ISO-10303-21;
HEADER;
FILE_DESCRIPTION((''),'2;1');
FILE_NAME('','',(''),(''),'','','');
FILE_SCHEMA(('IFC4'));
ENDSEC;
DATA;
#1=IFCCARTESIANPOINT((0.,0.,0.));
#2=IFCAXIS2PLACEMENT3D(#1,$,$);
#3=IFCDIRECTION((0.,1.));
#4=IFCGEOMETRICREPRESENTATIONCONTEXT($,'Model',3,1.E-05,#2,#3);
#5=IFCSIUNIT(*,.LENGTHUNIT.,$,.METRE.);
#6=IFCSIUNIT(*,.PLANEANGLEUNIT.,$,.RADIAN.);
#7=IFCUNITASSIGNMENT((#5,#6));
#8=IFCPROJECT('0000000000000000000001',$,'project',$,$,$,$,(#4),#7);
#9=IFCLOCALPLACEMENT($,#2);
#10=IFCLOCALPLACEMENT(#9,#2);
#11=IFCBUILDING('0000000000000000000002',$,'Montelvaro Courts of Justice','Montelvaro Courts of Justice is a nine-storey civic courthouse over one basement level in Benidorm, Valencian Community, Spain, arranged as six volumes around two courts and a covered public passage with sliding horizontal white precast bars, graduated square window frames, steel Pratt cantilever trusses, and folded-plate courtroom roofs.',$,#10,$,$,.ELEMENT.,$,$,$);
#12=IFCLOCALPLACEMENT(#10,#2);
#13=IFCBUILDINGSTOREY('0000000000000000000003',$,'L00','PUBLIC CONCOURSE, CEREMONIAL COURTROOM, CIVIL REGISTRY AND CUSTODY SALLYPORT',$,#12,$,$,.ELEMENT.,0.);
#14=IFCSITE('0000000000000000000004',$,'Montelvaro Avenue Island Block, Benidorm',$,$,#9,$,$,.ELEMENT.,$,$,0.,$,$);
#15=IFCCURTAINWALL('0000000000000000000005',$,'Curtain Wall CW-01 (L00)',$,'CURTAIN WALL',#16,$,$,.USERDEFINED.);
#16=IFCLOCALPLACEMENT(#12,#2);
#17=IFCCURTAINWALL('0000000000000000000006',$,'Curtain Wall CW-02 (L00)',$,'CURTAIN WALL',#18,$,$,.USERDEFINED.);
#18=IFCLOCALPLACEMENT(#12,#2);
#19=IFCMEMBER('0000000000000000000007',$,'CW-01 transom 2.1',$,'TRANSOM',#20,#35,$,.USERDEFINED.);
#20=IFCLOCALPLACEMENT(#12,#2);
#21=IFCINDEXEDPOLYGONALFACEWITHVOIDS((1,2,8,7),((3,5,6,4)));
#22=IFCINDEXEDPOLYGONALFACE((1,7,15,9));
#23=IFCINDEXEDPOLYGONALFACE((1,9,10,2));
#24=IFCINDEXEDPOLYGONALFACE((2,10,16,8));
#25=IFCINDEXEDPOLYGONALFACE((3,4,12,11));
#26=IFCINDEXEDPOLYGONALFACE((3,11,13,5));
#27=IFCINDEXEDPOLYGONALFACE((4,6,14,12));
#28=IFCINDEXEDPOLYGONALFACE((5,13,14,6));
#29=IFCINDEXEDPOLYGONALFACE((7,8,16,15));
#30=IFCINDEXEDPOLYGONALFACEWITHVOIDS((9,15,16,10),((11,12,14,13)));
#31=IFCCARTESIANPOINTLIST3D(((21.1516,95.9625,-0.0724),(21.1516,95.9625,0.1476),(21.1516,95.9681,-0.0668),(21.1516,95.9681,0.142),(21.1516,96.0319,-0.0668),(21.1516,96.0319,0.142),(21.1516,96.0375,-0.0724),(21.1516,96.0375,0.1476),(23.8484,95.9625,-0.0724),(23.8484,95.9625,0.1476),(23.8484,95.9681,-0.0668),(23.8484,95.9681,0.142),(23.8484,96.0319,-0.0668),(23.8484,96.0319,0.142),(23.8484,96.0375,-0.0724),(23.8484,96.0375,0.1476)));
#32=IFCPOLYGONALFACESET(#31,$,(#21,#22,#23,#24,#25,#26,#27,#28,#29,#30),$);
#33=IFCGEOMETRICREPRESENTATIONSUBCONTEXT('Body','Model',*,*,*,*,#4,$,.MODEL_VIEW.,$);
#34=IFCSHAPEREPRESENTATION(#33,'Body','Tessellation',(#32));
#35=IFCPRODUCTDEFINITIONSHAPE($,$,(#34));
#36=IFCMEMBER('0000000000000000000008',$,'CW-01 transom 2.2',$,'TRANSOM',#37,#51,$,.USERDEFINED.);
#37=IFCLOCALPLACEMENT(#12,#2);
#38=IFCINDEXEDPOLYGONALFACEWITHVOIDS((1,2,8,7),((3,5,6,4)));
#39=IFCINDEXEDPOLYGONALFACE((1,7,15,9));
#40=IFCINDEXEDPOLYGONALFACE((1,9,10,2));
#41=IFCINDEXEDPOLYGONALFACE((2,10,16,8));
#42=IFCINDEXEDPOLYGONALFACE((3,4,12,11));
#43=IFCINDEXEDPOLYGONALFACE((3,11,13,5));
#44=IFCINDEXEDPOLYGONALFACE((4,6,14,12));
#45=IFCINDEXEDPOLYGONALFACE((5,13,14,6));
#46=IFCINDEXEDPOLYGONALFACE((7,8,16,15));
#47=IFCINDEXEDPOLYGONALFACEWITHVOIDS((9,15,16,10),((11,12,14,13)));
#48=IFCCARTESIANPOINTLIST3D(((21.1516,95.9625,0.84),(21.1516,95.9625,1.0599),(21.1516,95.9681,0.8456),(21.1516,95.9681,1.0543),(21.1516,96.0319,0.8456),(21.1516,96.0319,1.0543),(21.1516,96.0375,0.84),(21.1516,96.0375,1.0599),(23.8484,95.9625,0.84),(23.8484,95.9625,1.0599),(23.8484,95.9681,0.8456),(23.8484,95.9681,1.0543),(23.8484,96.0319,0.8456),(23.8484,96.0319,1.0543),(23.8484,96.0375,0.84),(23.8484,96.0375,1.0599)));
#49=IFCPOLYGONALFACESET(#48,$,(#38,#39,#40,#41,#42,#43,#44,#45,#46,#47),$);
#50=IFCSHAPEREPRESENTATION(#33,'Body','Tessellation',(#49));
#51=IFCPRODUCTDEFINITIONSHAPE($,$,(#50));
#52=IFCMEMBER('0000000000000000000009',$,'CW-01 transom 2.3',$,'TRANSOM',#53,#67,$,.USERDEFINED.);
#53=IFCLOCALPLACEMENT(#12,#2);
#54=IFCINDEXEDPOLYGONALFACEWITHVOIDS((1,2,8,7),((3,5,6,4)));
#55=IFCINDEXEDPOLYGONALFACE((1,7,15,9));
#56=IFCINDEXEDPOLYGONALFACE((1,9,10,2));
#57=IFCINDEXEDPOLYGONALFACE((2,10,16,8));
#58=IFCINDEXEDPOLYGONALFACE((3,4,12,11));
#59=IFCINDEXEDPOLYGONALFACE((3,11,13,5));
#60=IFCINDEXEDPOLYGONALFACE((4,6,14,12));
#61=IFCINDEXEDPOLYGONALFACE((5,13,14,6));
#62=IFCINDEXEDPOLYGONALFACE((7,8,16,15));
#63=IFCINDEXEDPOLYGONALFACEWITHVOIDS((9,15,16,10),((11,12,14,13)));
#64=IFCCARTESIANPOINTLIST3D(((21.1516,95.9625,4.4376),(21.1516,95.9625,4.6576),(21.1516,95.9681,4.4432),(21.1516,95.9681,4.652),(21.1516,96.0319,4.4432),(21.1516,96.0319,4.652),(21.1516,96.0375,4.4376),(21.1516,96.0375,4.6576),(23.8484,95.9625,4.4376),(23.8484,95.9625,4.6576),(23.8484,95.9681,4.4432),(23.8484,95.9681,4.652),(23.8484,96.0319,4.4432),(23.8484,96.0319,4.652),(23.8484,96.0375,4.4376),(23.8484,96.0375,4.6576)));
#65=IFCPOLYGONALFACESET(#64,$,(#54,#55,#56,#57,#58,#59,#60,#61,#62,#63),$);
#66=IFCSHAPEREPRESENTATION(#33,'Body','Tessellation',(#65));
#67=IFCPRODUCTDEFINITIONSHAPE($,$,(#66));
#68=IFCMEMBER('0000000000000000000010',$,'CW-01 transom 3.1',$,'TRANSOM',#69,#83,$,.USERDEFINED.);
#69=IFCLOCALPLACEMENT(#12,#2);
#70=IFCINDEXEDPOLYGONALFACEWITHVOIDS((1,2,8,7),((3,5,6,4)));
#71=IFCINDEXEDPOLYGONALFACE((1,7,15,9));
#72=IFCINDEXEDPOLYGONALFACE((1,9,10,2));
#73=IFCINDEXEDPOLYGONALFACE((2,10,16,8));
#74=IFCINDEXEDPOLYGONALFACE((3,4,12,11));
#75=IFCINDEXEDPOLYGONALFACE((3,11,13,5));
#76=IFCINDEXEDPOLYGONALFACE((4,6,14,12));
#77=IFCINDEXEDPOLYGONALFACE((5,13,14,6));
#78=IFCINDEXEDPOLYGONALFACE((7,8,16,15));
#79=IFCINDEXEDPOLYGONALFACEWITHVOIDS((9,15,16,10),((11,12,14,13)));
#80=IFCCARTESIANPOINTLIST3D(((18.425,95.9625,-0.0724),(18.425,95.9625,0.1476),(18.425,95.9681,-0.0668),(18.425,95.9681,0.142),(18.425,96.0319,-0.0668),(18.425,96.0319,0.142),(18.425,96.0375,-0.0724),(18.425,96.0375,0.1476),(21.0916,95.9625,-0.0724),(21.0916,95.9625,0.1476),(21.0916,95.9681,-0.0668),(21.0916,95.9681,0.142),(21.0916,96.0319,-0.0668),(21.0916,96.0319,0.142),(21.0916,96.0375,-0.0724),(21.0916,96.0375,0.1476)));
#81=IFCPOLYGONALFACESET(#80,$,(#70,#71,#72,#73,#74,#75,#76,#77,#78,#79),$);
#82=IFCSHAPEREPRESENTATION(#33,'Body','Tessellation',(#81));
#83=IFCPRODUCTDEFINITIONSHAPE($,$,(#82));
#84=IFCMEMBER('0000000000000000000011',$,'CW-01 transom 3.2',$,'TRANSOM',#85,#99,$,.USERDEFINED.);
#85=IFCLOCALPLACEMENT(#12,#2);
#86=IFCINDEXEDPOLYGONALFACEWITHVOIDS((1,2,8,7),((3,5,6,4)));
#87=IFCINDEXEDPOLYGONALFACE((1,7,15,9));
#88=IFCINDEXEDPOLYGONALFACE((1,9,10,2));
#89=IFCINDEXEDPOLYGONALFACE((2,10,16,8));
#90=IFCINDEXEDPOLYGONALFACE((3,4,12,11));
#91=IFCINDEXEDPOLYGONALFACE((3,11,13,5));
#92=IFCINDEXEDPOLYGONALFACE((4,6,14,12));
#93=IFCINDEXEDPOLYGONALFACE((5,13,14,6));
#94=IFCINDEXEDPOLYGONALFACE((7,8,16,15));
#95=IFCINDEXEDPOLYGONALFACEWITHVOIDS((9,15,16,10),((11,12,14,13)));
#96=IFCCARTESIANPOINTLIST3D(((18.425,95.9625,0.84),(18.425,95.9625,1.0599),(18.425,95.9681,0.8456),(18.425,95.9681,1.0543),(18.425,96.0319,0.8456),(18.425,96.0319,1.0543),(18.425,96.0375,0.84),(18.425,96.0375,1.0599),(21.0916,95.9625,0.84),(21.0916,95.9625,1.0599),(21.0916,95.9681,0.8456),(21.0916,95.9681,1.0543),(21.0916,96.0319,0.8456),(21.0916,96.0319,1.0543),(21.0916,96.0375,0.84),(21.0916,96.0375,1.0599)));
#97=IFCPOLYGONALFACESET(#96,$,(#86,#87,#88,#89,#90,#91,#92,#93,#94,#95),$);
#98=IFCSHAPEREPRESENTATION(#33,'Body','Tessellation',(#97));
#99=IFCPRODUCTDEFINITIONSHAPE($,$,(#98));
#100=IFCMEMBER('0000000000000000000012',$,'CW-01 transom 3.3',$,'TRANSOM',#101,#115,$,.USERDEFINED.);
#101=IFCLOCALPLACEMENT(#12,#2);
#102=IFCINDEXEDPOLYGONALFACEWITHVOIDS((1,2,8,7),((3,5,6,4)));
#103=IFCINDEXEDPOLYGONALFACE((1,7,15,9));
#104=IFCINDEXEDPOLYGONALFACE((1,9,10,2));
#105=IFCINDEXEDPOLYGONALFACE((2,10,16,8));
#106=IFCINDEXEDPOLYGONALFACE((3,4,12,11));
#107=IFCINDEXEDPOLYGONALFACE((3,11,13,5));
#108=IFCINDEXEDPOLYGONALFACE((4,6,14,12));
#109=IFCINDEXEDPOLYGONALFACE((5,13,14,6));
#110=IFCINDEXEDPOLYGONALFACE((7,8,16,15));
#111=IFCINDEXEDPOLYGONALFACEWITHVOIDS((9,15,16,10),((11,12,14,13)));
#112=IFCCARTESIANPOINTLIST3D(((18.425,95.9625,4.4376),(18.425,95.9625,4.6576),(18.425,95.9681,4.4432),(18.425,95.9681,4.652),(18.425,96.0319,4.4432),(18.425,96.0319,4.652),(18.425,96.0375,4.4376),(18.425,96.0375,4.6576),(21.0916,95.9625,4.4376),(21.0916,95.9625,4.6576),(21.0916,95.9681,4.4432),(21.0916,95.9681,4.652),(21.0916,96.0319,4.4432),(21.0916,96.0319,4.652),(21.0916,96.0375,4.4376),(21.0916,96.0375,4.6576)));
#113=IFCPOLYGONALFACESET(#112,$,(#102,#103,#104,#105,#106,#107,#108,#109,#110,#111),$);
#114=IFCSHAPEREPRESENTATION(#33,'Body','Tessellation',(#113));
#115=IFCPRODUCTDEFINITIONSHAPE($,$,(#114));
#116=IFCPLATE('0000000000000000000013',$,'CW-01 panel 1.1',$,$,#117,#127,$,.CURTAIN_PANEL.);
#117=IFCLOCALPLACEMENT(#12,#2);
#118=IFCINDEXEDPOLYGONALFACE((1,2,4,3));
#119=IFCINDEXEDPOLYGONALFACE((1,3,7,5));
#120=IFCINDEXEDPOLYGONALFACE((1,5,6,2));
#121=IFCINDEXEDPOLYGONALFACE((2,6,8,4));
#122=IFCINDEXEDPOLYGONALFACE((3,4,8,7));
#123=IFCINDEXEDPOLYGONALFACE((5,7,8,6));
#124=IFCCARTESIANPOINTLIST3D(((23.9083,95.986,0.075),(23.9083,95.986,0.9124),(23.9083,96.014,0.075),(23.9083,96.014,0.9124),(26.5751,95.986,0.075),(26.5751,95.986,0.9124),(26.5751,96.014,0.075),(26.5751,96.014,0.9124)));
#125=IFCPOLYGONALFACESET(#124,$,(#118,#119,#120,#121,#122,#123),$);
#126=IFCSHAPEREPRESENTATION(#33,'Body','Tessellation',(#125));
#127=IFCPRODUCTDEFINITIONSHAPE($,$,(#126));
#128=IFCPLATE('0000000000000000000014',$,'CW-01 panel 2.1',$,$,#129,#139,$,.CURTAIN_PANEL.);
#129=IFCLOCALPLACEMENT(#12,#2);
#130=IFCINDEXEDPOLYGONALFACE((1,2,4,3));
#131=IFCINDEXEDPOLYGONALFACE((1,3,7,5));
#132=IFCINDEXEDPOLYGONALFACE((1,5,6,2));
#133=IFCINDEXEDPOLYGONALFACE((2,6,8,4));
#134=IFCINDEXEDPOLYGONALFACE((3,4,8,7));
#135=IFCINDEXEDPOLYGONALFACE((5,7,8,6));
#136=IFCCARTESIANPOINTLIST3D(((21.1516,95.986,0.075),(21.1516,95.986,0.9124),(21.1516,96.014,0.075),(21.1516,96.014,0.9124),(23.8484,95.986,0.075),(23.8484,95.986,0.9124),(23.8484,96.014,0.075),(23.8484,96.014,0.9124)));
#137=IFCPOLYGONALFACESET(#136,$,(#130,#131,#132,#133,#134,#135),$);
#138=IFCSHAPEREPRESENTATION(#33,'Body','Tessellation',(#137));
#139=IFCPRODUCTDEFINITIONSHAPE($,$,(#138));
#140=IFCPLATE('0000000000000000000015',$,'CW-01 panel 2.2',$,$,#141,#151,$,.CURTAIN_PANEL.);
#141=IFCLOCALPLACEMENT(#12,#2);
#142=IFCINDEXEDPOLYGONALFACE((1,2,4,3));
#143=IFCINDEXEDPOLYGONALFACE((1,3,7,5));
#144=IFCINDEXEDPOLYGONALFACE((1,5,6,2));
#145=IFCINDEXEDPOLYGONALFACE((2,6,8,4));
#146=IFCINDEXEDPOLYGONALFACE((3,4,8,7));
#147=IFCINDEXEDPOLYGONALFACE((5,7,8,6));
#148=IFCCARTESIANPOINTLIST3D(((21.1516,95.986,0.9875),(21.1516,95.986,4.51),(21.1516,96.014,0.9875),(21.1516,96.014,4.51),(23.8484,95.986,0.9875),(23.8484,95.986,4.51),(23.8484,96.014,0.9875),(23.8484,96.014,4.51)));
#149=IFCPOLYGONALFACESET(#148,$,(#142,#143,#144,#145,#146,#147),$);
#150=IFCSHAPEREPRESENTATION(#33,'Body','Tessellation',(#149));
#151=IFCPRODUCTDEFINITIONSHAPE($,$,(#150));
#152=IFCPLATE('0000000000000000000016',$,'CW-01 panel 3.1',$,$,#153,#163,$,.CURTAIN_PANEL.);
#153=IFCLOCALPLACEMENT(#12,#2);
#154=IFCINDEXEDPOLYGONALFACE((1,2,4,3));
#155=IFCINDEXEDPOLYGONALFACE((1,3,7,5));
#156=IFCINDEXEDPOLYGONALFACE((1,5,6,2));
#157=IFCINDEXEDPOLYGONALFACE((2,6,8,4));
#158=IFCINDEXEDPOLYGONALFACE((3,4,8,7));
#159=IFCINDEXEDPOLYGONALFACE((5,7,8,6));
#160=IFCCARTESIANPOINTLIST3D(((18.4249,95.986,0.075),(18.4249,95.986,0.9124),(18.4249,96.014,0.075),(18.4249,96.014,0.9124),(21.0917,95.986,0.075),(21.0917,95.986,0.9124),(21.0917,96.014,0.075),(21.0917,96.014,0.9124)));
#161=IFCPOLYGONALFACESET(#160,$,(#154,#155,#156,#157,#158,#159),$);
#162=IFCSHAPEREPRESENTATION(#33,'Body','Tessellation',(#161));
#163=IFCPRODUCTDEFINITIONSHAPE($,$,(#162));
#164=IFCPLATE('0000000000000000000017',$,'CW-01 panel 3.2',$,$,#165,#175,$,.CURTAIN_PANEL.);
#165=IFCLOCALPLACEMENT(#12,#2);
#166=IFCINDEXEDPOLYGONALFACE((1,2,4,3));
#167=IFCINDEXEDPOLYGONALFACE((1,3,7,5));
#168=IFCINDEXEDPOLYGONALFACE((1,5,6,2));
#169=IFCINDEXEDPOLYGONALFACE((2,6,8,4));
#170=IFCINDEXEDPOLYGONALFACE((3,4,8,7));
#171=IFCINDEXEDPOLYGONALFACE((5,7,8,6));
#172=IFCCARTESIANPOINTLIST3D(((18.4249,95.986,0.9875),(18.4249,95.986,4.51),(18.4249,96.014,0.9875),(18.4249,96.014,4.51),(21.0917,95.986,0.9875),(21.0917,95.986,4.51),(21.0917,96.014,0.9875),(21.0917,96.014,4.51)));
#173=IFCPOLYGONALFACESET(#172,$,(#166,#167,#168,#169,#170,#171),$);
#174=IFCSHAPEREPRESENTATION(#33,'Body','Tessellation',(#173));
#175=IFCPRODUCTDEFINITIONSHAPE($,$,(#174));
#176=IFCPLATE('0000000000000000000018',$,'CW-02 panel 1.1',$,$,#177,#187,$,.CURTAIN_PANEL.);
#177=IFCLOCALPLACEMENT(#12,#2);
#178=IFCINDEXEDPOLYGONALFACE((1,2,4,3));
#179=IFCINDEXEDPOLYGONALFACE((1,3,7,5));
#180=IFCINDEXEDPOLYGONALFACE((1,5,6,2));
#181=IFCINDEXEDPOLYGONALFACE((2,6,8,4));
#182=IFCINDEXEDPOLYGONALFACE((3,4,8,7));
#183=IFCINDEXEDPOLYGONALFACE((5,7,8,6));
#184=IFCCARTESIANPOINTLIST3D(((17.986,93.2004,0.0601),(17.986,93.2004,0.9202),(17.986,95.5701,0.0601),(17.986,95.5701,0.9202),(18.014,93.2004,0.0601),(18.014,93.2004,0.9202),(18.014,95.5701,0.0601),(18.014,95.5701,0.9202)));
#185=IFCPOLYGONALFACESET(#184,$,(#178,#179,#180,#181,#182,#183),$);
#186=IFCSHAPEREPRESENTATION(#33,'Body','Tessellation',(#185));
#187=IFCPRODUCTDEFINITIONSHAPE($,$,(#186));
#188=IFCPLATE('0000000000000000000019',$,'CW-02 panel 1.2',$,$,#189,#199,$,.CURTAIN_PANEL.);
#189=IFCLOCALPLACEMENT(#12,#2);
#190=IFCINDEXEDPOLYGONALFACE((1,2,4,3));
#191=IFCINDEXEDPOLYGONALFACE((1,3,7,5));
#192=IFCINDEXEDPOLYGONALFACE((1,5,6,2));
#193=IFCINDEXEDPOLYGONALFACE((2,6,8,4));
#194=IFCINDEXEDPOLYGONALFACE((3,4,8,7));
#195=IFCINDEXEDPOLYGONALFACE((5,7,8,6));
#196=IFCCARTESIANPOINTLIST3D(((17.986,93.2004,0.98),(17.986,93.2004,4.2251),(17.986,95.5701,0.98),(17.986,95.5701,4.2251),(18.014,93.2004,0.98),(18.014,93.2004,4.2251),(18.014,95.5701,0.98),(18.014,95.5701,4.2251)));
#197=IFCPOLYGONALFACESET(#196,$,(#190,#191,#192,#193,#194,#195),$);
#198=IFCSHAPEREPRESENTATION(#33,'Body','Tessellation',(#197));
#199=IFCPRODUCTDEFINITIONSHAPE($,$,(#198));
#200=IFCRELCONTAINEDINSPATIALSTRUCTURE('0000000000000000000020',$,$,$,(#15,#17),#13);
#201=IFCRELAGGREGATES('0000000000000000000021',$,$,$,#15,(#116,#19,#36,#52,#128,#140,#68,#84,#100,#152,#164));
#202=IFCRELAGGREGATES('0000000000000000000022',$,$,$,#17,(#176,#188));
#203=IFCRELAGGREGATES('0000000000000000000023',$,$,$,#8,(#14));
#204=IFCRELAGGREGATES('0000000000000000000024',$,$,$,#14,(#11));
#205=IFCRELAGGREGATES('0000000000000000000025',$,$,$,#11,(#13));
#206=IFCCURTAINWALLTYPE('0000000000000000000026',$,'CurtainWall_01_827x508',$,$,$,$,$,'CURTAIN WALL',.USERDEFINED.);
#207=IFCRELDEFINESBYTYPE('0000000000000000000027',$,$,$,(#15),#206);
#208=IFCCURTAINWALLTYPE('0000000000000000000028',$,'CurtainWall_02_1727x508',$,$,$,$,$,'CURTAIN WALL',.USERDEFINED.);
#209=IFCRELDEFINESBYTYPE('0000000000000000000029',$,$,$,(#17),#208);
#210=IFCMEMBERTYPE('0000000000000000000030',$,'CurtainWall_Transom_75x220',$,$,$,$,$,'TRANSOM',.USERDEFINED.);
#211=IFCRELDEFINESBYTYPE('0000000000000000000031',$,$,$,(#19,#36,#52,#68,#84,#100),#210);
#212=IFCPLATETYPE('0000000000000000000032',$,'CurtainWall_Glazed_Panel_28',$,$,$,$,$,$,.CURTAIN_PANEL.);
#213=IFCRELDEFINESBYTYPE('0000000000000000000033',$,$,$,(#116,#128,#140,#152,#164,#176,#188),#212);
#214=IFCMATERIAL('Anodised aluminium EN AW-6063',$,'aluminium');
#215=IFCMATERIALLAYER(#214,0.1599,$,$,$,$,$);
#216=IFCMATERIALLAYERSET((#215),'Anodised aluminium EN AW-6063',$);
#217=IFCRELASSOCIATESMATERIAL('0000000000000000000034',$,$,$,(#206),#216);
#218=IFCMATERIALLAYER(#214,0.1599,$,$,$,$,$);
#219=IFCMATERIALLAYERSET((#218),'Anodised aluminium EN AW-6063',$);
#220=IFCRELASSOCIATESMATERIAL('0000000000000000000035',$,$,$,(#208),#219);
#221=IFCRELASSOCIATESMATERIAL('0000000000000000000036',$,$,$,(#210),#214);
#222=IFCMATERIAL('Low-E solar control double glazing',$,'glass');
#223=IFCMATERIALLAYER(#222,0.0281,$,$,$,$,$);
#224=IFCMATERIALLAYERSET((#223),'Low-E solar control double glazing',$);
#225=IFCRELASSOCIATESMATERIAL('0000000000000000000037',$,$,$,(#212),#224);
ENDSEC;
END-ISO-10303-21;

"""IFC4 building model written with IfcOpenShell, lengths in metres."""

from ifc_helpers import new_model, si_unit, direction, frame, origin, origin_2d, place, context, subcontext, project, spatial, rectangle, hollow_rectangle, extrude, material, layer, layer_set, material_profile, profile_set, type_object, element, aggregate, save


model = new_model("IFC4")

# Units and contexts
model_context = context("Model", 3, precision=1e-05, world=origin(), true_north=direction((0.0, 1.0)))
body_context = subcontext(model_context, "Body", "Model", "MODEL_VIEW")
ifc_project = project(units=[si_unit("LENGTHUNIT", "METRE"), si_unit("PLANEANGLEUNIT", "RADIAN")], contexts=[model_context])

# Site, building, storey
site_placement = place(None, origin())
site = spatial("IfcSite", under=ifc_project, at=site_placement, Name="Montelvaro Avenue Island Block, Benidorm", CompositionType="ELEMENT", RefElevation=0.0)
building_placement = place(site_placement, origin())
building = spatial("IfcBuilding", under=site, at=building_placement, Name="Montelvaro Courts of Justice", Description="Montelvaro Courts of Justice is a nine-storey civic courthouse over one basement level in Benidorm, Valencian Community, Spain, arranged as six volumes around two courts and a covered public passage with sliding horizontal white precast bars, graduated square window frames, steel Pratt cantilever trusses, and folded-plate courtroom roofs.", CompositionType="ELEMENT")
storey_placement = place(building_placement, origin())
storey = spatial("IfcBuildingStorey", under=building, at=storey_placement, Name="L00", Description="PUBLIC CONCOURSE, CEREMONIAL COURTROOM, CIVIL REGISTRY AND CUSTODY SALLYPORT", CompositionType="ELEMENT", Elevation=0.0)

# Curtain walls
ifc_material_1 = material(Name="Anodised aluminium EN AW-6063", Category="aluminium")
ifc_layer_1 = layer(ifc_material_1, 0.1599)
ifc_layer_set_1 = layer_set([ifc_layer_1], Name="Anodised aluminium EN AW-6063")
curtain_wall_type_1 = type_object("IfcCurtainWallType", Name="CurtainWall_01_827x508", ElementType="CURTAIN WALL", PredefinedType="USERDEFINED", material=ifc_layer_set_1)
curtain_wall_1_placement = place(storey_placement, origin())
curtain_wall_1 = element("IfcCurtainWall", 1, at=curtain_wall_1_placement, inside=storey, type_object=curtain_wall_type_1, Name="Curtain Wall CW-01 (L00)", ObjectType="CURTAIN WALL", PredefinedType="USERDEFINED")
ifc_layer_2 = layer(ifc_material_1, 0.1599)
ifc_layer_set_2 = layer_set([ifc_layer_2], Name="Anodised aluminium EN AW-6063")
curtain_wall_type_2 = type_object("IfcCurtainWallType", Name="CurtainWall_02_1727x508", ElementType="CURTAIN WALL", PredefinedType="USERDEFINED", material=ifc_layer_set_2)
curtain_wall_2_placement = place(storey_placement, origin())
curtain_wall_2 = element("IfcCurtainWall", 2, at=curtain_wall_2_placement, inside=storey, type_object=curtain_wall_type_2, Name="Curtain Wall CW-02 (L00)", ObjectType="CURTAIN WALL", PredefinedType="USERDEFINED")

# Members
ifc_material_profile_1 = material_profile(ifc_material_1, hollow_rectangle(XDim=0.075, YDim=0.22, WallThickness=0.0056, at=origin_2d()), Name="ALU-T 75x220")
ifc_profile_set_1 = profile_set([ifc_material_profile_1], Name="Anodised aluminium EN AW-6063")
member_type_1 = type_object("IfcMemberType", Name="CurtainWall_Transom_75x220", ElementType="TRANSOM", PredefinedType="USERDEFINED", material=ifc_profile_set_1)
member_1_placement = place(storey_placement, frame((23.8484, 96.0, 0.0376), z_axis=(-1.0, 0.0, 0.0), x_axis=(0.0, -1.0, 0.0)))
member_1 = element("IfcMember", 3, at=member_1_placement, type_object=member_type_1, Name="CW-01 transom 2.1", ObjectType="TRANSOM", PredefinedType="USERDEFINED", context=body_context, shape_type="SweptSolid", body=[
    extrude(hollow_rectangle(XDim=0.075, YDim=0.22, WallThickness=0.0056, at=origin_2d()), origin(), (0.0, 0.0, 1.0), 2.6968),
])
member_2_placement = place(storey_placement, frame((23.8484, 96.0, 0.95), z_axis=(-1.0, 0.0, 0.0), x_axis=(0.0, -1.0, 0.0)))
member_2 = element("IfcMember", 4, at=member_2_placement, type_object=member_type_1, Name="CW-01 transom 2.2", ObjectType="TRANSOM", PredefinedType="USERDEFINED", context=body_context, shape_type="SweptSolid", body=[
    extrude(hollow_rectangle(XDim=0.075, YDim=0.22, WallThickness=0.0056, at=origin_2d()), origin(), (0.0, 0.0, 1.0), 2.6968),
])
member_3_placement = place(storey_placement, frame((23.8484, 96.0, 4.5476), z_axis=(-1.0, 0.0, 0.0), x_axis=(0.0, -1.0, 0.0)))
member_3 = element("IfcMember", 5, at=member_3_placement, type_object=member_type_1, Name="CW-01 transom 2.3", ObjectType="TRANSOM", PredefinedType="USERDEFINED", context=body_context, shape_type="SweptSolid", body=[
    extrude(hollow_rectangle(XDim=0.075, YDim=0.22, WallThickness=0.0056, at=origin_2d()), origin(), (0.0, 0.0, 1.0), 2.6968),
])
member_4_placement = place(storey_placement, frame((21.0916, 96.0, 0.0376), z_axis=(-1.0, 0.0, 0.0), x_axis=(0.0, -1.0, 0.0)))
member_4 = element("IfcMember", 6, at=member_4_placement, type_object=member_type_1, Name="CW-01 transom 3.1", ObjectType="TRANSOM", PredefinedType="USERDEFINED", context=body_context, shape_type="SweptSolid", body=[
    extrude(hollow_rectangle(XDim=0.075, YDim=0.22, WallThickness=0.0056, at=origin_2d()), origin(), (0.0, 0.0, 1.0), 2.6665),
])
member_5_placement = place(storey_placement, frame((21.0916, 96.0, 0.95), z_axis=(-1.0, 0.0, 0.0), x_axis=(0.0, -1.0, 0.0)))
member_5 = element("IfcMember", 7, at=member_5_placement, type_object=member_type_1, Name="CW-01 transom 3.2", ObjectType="TRANSOM", PredefinedType="USERDEFINED", context=body_context, shape_type="SweptSolid", body=[
    extrude(hollow_rectangle(XDim=0.075, YDim=0.22, WallThickness=0.0056, at=origin_2d()), origin(), (0.0, 0.0, 1.0), 2.6665),
])
member_6_placement = place(storey_placement, frame((21.0916, 96.0, 4.5476), z_axis=(-1.0, 0.0, 0.0), x_axis=(0.0, -1.0, 0.0)))
member_6 = element("IfcMember", 8, at=member_6_placement, type_object=member_type_1, Name="CW-01 transom 3.3", ObjectType="TRANSOM", PredefinedType="USERDEFINED", context=body_context, shape_type="SweptSolid", body=[
    extrude(hollow_rectangle(XDim=0.075, YDim=0.22, WallThickness=0.0056, at=origin_2d()), origin(), (0.0, 0.0, 1.0), 2.6665),
])

# Plates
ifc_material_2 = material(Name="Low-E solar control double glazing", Category="glass")
ifc_layer_3 = layer(ifc_material_2, 0.0281)
ifc_layer_set_3 = layer_set([ifc_layer_3], Name="Low-E solar control double glazing")
plate_type = type_object("IfcPlateType", Name="CurtainWall_Glazed_Panel_28", PredefinedType="CURTAIN_PANEL", material=ifc_layer_set_3)
plate_1_placement = place(storey_placement, frame((25.2417, 96.0, 0.075), z_axis=(0.0, 0.0, 1.0), x_axis=(-1.0, 0.0, 0.0)))
plate_1 = element("IfcPlate", 9, at=plate_1_placement, type_object=plate_type, Name="CW-01 panel 1.1", PredefinedType="CURTAIN_PANEL", context=body_context, shape_type="SweptSolid", body=[
    extrude(rectangle(XDim=2.6667, YDim=0.0281, at=origin_2d()), origin(), (0.0, 0.0, 1.0), 0.8374),
])
plate_2_placement = place(storey_placement, frame((22.5, 96.0, 0.075), z_axis=(0.0, 0.0, 1.0), x_axis=(-1.0, 0.0, 0.0)))
plate_2 = element("IfcPlate", 10, at=plate_2_placement, type_object=plate_type, Name="CW-01 panel 2.1", PredefinedType="CURTAIN_PANEL", context=body_context, shape_type="SweptSolid", body=[
    extrude(rectangle(XDim=2.6968, YDim=0.0281, at=origin_2d()), origin(), (0.0, 0.0, 1.0), 0.8374),
])
plate_3_placement = place(storey_placement, frame((22.5, 96.0, 0.9875), z_axis=(0.0, 0.0, 1.0), x_axis=(-1.0, 0.0, 0.0)))
plate_3 = element("IfcPlate", 11, at=plate_3_placement, type_object=plate_type, Name="CW-01 panel 2.2", PredefinedType="CURTAIN_PANEL", context=body_context, shape_type="SweptSolid", body=[
    extrude(rectangle(XDim=2.6968, YDim=0.0281, at=origin_2d()), origin(), (0.0, 0.0, 1.0), 3.5225),
])
plate_4_placement = place(storey_placement, frame((19.7583, 96.0, 0.075), z_axis=(0.0, 0.0, 1.0), x_axis=(-1.0, 0.0, 0.0)))
plate_4 = element("IfcPlate", 12, at=plate_4_placement, type_object=plate_type, Name="CW-01 panel 3.1", PredefinedType="CURTAIN_PANEL", context=body_context, shape_type="SweptSolid", body=[
    extrude(rectangle(XDim=2.6667, YDim=0.0281, at=origin_2d()), origin(), (0.0, 0.0, 1.0), 0.8374),
])
plate_5_placement = place(storey_placement, frame((19.7583, 96.0, 0.9875), z_axis=(0.0, 0.0, 1.0), x_axis=(-1.0, 0.0, 0.0)))
plate_5 = element("IfcPlate", 13, at=plate_5_placement, type_object=plate_type, Name="CW-01 panel 3.2", PredefinedType="CURTAIN_PANEL", context=body_context, shape_type="SweptSolid", body=[
    extrude(rectangle(XDim=2.6667, YDim=0.0281, at=origin_2d()), origin(), (0.0, 0.0, 1.0), 3.5225),
])
aggregate(curtain_wall_1, [plate_1, member_1, member_2, member_3, plate_2, plate_3, member_4, member_5, member_6, plate_4, plate_5])
plate_6_placement = place(storey_placement, frame((18.0, 94.3853, 0.0601), z_axis=(0.0, 0.0, 1.0), x_axis=(0.0, -1.0, 0.0)))
plate_6 = element("IfcPlate", 14, at=plate_6_placement, type_object=plate_type, Name="CW-02 panel 1.1", PredefinedType="CURTAIN_PANEL", context=body_context, shape_type="SweptSolid", body=[
    extrude(rectangle(XDim=2.3696, YDim=0.0281, at=origin_2d()), origin(), (0.0, 0.0, 1.0), 0.8601),
])
plate_7_placement = place(storey_placement, frame((18.0, 94.3853, 0.98), z_axis=(0.0, 0.0, 1.0), x_axis=(0.0, -1.0, 0.0)))
plate_7 = element("IfcPlate", 15, at=plate_7_placement, type_object=plate_type, Name="CW-02 panel 1.2", PredefinedType="CURTAIN_PANEL", context=body_context, shape_type="SweptSolid", body=[
    extrude(rectangle(XDim=2.3696, YDim=0.0281, at=origin_2d()), origin(), (0.0, 0.0, 1.0), 3.2451),
])
aggregate(curtain_wall_2, [plate_6, plate_7])

save(model, "model.ifc")
